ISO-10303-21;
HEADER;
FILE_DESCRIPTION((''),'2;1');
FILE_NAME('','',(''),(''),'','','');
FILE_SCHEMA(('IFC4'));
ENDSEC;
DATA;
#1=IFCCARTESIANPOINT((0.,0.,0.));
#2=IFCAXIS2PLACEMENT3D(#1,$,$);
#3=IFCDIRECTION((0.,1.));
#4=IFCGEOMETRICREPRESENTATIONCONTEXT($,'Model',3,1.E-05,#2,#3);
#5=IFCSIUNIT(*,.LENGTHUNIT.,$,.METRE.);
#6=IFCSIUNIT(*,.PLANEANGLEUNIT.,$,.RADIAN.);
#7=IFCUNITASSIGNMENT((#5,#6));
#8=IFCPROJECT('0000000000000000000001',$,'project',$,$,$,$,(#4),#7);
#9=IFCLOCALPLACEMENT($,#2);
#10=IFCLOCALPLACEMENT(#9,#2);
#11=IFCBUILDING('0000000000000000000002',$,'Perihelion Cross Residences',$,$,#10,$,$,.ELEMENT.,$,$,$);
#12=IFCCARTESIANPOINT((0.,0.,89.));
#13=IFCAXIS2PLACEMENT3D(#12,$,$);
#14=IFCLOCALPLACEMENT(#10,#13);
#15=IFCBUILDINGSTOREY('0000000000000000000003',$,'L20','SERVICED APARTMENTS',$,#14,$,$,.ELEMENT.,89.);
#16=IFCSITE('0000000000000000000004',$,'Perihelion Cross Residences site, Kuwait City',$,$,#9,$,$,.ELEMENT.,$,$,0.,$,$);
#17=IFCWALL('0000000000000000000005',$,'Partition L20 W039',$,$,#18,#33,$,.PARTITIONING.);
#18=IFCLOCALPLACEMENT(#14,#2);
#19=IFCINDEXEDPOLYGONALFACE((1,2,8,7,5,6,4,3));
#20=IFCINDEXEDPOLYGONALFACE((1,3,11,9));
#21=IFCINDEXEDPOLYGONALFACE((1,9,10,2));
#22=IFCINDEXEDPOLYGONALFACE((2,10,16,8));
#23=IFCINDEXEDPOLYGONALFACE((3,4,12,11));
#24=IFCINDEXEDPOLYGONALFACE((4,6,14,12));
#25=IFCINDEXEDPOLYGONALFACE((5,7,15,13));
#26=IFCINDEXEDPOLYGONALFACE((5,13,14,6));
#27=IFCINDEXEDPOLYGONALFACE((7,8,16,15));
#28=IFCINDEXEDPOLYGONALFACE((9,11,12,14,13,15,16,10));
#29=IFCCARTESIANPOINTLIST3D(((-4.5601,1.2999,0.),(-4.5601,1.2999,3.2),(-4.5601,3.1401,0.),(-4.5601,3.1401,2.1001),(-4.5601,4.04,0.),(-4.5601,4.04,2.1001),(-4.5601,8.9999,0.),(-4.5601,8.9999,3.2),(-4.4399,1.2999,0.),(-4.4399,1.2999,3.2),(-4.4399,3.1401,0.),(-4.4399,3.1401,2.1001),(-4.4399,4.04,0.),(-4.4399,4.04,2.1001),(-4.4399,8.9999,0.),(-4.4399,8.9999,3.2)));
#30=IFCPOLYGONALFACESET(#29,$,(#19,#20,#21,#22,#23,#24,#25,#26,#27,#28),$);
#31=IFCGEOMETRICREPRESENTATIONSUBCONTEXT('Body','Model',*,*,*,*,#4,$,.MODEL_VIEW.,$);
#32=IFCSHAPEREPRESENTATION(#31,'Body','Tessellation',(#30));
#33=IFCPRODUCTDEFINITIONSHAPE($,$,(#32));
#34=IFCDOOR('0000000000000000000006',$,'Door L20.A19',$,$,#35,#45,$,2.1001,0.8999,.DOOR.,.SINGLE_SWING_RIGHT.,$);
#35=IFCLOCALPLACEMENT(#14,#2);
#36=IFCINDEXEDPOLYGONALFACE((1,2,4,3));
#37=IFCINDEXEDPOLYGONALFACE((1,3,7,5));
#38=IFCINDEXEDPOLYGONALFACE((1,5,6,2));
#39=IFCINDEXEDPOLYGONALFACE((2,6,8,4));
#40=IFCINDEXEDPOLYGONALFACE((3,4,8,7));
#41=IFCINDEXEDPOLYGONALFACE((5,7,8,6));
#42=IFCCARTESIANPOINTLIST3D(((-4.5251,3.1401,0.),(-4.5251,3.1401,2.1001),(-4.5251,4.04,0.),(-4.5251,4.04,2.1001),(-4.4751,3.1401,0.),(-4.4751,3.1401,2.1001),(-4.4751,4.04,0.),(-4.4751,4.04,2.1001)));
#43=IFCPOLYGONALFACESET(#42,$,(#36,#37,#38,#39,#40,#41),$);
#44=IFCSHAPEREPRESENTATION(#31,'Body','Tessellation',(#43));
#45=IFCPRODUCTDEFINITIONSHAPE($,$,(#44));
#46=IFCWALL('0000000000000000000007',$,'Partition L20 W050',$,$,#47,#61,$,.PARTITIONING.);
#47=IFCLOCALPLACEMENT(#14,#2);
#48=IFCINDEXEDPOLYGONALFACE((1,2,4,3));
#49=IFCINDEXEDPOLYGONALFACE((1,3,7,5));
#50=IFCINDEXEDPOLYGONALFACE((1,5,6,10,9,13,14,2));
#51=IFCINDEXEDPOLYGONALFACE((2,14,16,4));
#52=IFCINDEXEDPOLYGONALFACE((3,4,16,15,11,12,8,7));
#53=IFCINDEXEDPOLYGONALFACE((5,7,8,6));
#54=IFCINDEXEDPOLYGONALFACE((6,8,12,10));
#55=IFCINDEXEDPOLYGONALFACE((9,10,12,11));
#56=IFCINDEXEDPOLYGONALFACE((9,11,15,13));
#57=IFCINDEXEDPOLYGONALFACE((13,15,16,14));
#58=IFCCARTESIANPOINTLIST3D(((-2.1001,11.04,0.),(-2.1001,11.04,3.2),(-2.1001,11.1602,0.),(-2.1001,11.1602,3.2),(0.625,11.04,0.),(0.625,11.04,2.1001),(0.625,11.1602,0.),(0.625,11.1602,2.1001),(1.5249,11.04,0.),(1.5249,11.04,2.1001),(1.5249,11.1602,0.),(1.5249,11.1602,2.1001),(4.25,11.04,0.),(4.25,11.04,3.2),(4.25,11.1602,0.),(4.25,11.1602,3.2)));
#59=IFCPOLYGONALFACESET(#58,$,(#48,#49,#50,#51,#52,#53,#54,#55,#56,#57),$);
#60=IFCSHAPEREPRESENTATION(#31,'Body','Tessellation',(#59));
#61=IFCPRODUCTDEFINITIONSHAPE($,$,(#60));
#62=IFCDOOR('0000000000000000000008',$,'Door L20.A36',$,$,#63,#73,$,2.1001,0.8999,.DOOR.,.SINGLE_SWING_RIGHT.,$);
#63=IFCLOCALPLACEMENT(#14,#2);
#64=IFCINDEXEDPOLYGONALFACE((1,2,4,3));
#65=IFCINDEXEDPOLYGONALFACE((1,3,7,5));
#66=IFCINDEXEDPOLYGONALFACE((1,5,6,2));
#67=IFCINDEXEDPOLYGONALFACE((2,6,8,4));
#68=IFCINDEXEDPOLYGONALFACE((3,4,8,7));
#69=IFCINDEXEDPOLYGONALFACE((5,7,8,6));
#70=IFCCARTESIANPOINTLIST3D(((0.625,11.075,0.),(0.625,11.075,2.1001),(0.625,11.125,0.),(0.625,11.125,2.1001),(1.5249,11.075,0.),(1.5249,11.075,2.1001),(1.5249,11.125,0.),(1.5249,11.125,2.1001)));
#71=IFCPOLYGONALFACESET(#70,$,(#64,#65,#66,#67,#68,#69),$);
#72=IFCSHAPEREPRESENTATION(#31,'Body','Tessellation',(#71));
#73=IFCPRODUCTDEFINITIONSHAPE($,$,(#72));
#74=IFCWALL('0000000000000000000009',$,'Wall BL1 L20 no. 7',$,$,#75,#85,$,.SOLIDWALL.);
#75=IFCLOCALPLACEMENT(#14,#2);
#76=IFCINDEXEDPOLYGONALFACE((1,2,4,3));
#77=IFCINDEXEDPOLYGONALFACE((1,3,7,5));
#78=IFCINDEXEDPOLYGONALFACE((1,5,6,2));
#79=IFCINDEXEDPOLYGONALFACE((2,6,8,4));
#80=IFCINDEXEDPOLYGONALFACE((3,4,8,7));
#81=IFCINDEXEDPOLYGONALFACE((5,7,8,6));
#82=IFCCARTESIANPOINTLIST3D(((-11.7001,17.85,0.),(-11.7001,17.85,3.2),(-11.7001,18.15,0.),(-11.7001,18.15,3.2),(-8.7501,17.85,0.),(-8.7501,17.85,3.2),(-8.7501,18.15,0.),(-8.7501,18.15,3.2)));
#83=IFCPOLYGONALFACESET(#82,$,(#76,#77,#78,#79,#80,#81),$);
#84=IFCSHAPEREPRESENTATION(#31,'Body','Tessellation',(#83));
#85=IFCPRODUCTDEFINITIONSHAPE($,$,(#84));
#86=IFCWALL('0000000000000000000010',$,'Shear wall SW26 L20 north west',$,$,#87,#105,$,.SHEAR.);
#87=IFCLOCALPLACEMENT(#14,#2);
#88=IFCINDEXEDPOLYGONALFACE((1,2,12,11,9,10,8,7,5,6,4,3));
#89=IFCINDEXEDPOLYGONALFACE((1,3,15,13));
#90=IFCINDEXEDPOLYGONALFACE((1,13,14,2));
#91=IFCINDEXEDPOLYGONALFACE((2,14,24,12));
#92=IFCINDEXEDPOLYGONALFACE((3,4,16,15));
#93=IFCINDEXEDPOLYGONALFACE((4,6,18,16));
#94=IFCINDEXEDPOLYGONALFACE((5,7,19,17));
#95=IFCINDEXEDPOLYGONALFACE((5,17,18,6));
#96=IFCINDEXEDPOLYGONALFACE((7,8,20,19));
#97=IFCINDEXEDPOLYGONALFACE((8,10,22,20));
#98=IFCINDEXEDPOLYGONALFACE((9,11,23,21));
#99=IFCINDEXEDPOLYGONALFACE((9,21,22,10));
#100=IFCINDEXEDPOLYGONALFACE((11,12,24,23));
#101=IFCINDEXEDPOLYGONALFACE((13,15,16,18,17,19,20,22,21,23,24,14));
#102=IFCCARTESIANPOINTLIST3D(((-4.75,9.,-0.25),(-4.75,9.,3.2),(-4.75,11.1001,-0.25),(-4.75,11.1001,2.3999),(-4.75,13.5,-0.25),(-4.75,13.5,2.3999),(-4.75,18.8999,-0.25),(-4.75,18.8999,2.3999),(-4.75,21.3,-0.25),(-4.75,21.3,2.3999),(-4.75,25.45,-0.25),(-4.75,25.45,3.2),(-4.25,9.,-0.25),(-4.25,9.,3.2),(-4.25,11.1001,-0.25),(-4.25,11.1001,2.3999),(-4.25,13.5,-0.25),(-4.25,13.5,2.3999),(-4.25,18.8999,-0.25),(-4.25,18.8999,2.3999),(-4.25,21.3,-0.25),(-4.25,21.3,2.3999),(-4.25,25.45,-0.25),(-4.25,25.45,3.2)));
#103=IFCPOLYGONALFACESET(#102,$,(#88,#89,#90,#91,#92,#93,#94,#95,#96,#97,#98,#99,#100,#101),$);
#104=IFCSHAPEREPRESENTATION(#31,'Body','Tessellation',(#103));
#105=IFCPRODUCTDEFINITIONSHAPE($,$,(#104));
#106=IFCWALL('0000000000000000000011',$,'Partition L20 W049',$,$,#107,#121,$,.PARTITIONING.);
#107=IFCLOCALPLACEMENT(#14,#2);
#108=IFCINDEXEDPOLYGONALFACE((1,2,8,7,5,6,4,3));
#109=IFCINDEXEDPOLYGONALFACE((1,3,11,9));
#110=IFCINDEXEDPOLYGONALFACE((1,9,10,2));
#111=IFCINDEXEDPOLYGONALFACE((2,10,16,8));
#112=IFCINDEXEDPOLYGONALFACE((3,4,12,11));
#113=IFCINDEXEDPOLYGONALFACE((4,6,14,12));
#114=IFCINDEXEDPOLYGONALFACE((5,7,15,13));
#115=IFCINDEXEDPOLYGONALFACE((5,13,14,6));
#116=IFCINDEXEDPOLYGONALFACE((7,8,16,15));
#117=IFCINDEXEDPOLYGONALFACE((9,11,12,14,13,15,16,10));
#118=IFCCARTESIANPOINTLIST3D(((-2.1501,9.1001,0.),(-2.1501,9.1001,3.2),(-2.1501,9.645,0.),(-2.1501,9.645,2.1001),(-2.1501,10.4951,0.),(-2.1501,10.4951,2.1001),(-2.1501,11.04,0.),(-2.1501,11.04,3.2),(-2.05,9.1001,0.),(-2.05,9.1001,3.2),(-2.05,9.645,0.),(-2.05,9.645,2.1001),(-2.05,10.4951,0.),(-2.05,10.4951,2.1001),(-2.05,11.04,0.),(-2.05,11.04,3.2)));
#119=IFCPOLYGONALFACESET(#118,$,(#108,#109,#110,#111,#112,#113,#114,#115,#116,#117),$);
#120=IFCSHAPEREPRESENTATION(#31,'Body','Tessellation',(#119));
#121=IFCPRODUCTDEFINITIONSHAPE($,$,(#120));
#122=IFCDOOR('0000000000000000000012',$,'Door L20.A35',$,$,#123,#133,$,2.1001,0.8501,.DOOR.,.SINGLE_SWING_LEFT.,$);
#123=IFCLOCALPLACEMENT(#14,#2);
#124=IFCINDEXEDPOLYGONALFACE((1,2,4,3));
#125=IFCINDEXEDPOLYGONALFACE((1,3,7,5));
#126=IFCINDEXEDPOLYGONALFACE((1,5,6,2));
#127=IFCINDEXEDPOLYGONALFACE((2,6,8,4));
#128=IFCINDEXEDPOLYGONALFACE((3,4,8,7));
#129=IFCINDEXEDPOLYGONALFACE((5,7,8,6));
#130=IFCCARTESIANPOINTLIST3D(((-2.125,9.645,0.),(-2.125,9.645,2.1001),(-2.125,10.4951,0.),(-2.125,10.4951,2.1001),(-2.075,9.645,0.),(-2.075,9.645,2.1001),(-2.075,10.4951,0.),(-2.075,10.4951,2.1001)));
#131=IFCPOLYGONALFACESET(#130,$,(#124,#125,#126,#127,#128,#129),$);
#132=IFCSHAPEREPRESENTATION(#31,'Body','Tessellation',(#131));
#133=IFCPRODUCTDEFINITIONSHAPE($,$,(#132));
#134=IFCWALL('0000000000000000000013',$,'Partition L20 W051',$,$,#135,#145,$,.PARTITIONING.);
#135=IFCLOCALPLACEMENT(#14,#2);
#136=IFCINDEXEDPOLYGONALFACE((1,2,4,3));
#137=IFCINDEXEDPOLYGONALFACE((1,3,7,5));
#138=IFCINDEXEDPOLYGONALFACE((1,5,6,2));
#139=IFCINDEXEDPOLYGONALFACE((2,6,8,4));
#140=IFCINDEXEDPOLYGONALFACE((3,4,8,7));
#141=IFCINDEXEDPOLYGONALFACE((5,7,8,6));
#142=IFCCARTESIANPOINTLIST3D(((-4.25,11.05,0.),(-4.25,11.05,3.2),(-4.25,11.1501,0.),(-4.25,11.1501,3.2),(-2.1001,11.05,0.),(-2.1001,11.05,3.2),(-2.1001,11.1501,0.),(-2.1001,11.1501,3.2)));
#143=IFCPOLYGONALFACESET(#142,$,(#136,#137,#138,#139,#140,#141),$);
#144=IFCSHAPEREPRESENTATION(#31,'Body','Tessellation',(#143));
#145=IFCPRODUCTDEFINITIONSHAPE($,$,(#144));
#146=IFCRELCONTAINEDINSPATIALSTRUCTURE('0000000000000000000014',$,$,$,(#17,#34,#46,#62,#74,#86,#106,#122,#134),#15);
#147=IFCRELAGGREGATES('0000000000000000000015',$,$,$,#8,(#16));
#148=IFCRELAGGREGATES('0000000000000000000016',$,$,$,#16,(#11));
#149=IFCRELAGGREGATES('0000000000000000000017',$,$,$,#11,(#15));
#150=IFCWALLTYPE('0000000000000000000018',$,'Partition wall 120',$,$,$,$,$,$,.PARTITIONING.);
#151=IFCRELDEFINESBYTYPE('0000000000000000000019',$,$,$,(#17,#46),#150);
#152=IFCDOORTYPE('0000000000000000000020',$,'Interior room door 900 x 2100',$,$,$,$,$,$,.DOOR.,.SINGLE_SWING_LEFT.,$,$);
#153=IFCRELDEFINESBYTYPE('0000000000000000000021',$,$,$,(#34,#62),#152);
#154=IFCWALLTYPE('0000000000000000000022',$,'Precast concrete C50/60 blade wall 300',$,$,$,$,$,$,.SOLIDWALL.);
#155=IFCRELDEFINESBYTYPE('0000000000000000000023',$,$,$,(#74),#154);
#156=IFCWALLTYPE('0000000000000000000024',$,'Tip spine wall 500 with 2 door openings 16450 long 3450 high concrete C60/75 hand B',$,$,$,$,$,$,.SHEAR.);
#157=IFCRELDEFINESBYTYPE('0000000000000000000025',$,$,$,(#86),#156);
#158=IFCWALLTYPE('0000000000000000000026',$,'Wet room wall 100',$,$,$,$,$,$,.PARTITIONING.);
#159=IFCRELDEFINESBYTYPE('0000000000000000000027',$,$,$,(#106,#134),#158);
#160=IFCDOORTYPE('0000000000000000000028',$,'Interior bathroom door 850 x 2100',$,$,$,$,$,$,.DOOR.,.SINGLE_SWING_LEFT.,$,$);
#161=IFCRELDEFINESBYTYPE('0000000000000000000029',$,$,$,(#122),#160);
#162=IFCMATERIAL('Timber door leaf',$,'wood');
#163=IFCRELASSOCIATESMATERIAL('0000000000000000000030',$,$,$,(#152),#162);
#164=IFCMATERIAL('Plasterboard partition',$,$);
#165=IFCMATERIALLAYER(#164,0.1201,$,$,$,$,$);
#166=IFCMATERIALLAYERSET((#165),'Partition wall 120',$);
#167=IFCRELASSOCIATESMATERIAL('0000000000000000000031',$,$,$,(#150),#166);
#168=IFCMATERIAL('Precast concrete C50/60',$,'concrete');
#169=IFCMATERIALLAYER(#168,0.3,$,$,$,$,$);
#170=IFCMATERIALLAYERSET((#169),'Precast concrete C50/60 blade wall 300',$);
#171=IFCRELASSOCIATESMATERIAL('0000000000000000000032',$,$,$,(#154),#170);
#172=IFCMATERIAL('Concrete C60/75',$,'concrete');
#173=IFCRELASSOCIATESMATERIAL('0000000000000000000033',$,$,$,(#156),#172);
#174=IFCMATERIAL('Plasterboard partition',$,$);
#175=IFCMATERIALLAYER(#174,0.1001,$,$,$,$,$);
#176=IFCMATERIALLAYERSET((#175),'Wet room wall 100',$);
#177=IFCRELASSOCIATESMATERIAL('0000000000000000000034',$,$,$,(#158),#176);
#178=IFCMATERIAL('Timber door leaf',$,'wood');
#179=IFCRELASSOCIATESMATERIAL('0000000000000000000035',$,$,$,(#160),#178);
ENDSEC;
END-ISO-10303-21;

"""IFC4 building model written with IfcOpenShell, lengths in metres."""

from ifc_helpers import new_model, si_unit, direction, frame, frame_2d, origin, place, context, subcontext, project, spatial, polyline, rectangle, outline, extrude, material, layer, layer_set, material_profile, profile_set, type_object, element, fill, save


model = new_model("IFC4")

# Units and contexts
model_context = context("Model", 3, precision=1e-05, world=origin(), true_north=direction((0.0, 1.0)))
body_context = subcontext(model_context, "Body", "Model", "MODEL_VIEW")
ifc_project = project(units=[si_unit("LENGTHUNIT", "METRE"), si_unit("PLANEANGLEUNIT", "RADIAN")], contexts=[model_context])

# Site, building, storey
site_placement = place(None, origin())
site = spatial("IfcSite", under=ifc_project, at=site_placement, Name="Perihelion Cross Residences site, Kuwait City", CompositionType="ELEMENT", RefElevation=0.0)
building_placement = place(site_placement, origin())
building = spatial("IfcBuilding", under=site, at=building_placement, Name="Perihelion Cross Residences", CompositionType="ELEMENT")
storey_placement = place(building_placement, frame((0.0, 0.0, 89.0)))
storey = spatial("IfcBuildingStorey", under=building, at=storey_placement, Name="L20", Description="SERVICED APARTMENTS", CompositionType="ELEMENT", Elevation=89.0)

# Walls, openings, doors
ifc_material_1 = material(Name="Timber door leaf", Category="wood")
door_type_1 = type_object("IfcDoorType", Name="Interior room door 900 x 2100", OperationType="SINGLE_SWING_LEFT", PredefinedType="DOOR", material=ifc_material_1)
ifc_material_2 = material(Name="Plasterboard partition")
ifc_layer_1 = layer(ifc_material_2, 0.1201)
ifc_layer_set_1 = layer_set([ifc_layer_1], Name="Partition wall 120")
wall_type_1 = type_object("IfcWallType", Name="Partition wall 120", PredefinedType="PARTITIONING", material=ifc_layer_set_1)
wall_1_placement = place(storey_placement, frame((-4.5, 9.0, 0.0), z_axis=(0.0, 0.0, 1.0), x_axis=(0.0, -1.0, 0.0)))
wall_1 = element("IfcWall", 1, at=wall_1_placement, inside=storey, type_object=wall_type_1, Name="Partition L20 W039", PredefinedType="PARTITIONING", context=body_context, shape_type="SweptSolid", body=[
    extrude(rectangle(XDim=7.7, YDim=0.1201, at=frame_2d((3.8501, 0.0))), origin(), (0.0, 0.0, 1.0), 3.2),
])
opening_1_placement = place(wall_1_placement, frame((4.96, 0.0, 0.0)))
opening_1 = element("IfcOpeningElement", 2, at=opening_1_placement, cuts=wall_1, PredefinedType="OPENING", context=body_context, shape_type="SweptSolid", body=[
    extrude(rectangle(XDim=0.8999, YDim=2.1001, at=frame_2d((0.45, 1.05))), frame((0.0, 0.0701, 0.0), z_axis=(0.0, -1.0, 0.0), x_axis=(1.0, 0.0, 0.0)), (0.0, 0.0, 1.0), 0.1401),
])
door_1_placement = place(opening_1_placement, origin())
door_1 = element("IfcDoor", 3, at=door_1_placement, inside=storey, type_object=door_type_1, Name="Door L20.A19", OperationType="SINGLE_SWING_RIGHT", OverallHeight=2.1001, OverallWidth=0.8999, PredefinedType="DOOR", context=body_context, shape_type="SweptSolid", body=[
    extrude(rectangle(XDim=0.8999, YDim=2.1001, at=frame_2d((0.45, 1.05))), frame((0.0, 0.0249, 0.0), z_axis=(0.0, -1.0, 0.0), x_axis=(1.0, 0.0, 0.0)), (0.0, 0.0, 1.0), 0.05),
])
fill(opening_1, door_1)
wall_2_placement = place(storey_placement, frame((-2.1001, 11.1001, 0.0), z_axis=(0.0, 0.0, 1.0), x_axis=(1.0, 0.0, 0.0)))
wall_2 = element("IfcWall", 4, at=wall_2_placement, inside=storey, type_object=wall_type_1, Name="Partition L20 W050", PredefinedType="PARTITIONING", context=body_context, shape_type="SweptSolid", body=[
    extrude(rectangle(XDim=6.3501, YDim=0.1201, at=frame_2d((3.175, 0.0))), origin(), (0.0, 0.0, 1.0), 3.2),
])
opening_2_placement = place(wall_2_placement, frame((2.7251, 0.0, 0.0)))
opening_2 = element("IfcOpeningElement", 5, at=opening_2_placement, cuts=wall_2, PredefinedType="OPENING", context=body_context, shape_type="SweptSolid", body=[
    extrude(rectangle(XDim=0.8999, YDim=2.1001, at=frame_2d((0.45, 1.05))), frame((0.0, 0.0701, 0.0), z_axis=(0.0, -1.0, 0.0), x_axis=(1.0, 0.0, 0.0)), (0.0, 0.0, 1.0), 0.1401),
])
door_2_placement = place(opening_2_placement, origin())
door_2 = element("IfcDoor", 6, at=door_2_placement, inside=storey, type_object=door_type_1, Name="Door L20.A36", OperationType="SINGLE_SWING_RIGHT", OverallHeight=2.1001, OverallWidth=0.8999, PredefinedType="DOOR", context=body_context, shape_type="SweptSolid", body=[
    extrude(rectangle(XDim=0.8999, YDim=2.1001, at=frame_2d((0.45, 1.05))), frame((0.0, 0.0249, 0.0), z_axis=(0.0, -1.0, 0.0), x_axis=(1.0, 0.0, 0.0)), (0.0, 0.0, 1.0), 0.05),
])
fill(opening_2, door_2)

# Walls
ifc_material_3 = material(Name="Precast concrete C50/60", Category="concrete")
ifc_layer_2 = layer(ifc_material_3, 0.3)
ifc_layer_set_2 = layer_set([ifc_layer_2], Name="Precast concrete C50/60 blade wall 300")
wall_type_2 = type_object("IfcWallType", Name="Precast concrete C50/60 blade wall 300", PredefinedType="SOLIDWALL", material=ifc_layer_set_2)
wall_3_placement = place(storey_placement, frame((-8.75, 18.0, 0.0), z_axis=(0.0, 0.0, 1.0), x_axis=(-1.0, 0.0, 0.0)))
element("IfcWall", 7, at=wall_3_placement, inside=storey, type_object=wall_type_2, Name="Wall BL1 L20 no. 7", PredefinedType="SOLIDWALL", context=body_context, shape_type="SweptSolid", body=[
    extrude(rectangle(XDim=2.95, YDim=0.3, at=frame_2d((1.4751, 0.0))), origin(), (0.0, 0.0, 1.0), 3.2),
])
ifc_material_4 = material(Name="Concrete C60/75", Category="concrete")
ifc_material_profile_1 = material_profile(ifc_material_4, outline(polyline([(0.0, 0.0), (2.1001, 0.0), (2.1001, 2.6499), (4.5, 2.6499), (4.5, 0.0), (9.8999, 0.0), (9.8999, 2.6499), (12.3, 2.6499), (12.3, 0.0), (16.45, 0.0), (16.45, 3.45), (0.0, 3.45), (0.0, 0.0)])), Name="Tip spine wall")
ifc_profile_set_1 = profile_set([ifc_material_profile_1], Name="Concrete C60/75")
wall_type_3 = type_object("IfcWallType", Name="Tip spine wall 500 with 2 door openings 16450 long 3450 high concrete C60/75 hand B", PredefinedType="SHEAR", material=ifc_profile_set_1)
wall_4_placement = place(storey_placement, frame((-4.75, 9.0, -0.25), z_axis=(1.0, 0.0, 0.0), x_axis=(0.0, 1.0, 0.0)))
element("IfcWall", 8, at=wall_4_placement, inside=storey, type_object=wall_type_3, Name="Shear wall SW26 L20 north west", PredefinedType="SHEAR", context=body_context, shape_type="SweptSolid", body=[
    extrude(outline(polyline([(0.0, 0.0), (2.1001, 0.0), (2.1001, 2.6499), (4.5, 2.6499), (4.5, 0.0), (9.8999, 0.0), (9.8999, 2.6499), (12.3, 2.6499), (12.3, 0.0), (16.45, 0.0), (16.45, 3.45), (0.0, 3.45), (0.0, 0.0)])), origin(), (0.0, 0.0, 1.0), 0.5),
])

# Wall, opening, door
ifc_material_5 = material(Name="Plasterboard partition")
ifc_layer_3 = layer(ifc_material_5, 0.1001)
ifc_layer_set_3 = layer_set([ifc_layer_3], Name="Wet room wall 100")
wall_type_4 = type_object("IfcWallType", Name="Wet room wall 100", PredefinedType="PARTITIONING", material=ifc_layer_set_3)
wall_5_placement = place(storey_placement, frame((-2.1001, 9.1001, 0.0), z_axis=(0.0, 0.0, 1.0), x_axis=(0.0, 1.0, 0.0)))
wall_5 = element("IfcWall", 9, at=wall_5_placement, inside=storey, type_object=wall_type_4, Name="Partition L20 W049", PredefinedType="PARTITIONING", context=body_context, shape_type="SweptSolid", body=[
    extrude(rectangle(XDim=1.9399, YDim=0.1001, at=frame_2d((0.97, 0.0))), origin(), (0.0, 0.0, 1.0), 3.2),
])
opening_3_placement = place(wall_5_placement, frame((0.5449, 0.0, 0.0)))
opening_3 = element("IfcOpeningElement", 10, at=opening_3_placement, cuts=wall_5, PredefinedType="OPENING", context=body_context, shape_type="SweptSolid", body=[
    extrude(rectangle(XDim=0.8501, YDim=2.1001, at=frame_2d((0.425, 1.05))), frame((0.0, 0.0601, 0.0), z_axis=(0.0, -1.0, 0.0), x_axis=(1.0, 0.0, 0.0)), (0.0, 0.0, 1.0), 0.1201),
])
ifc_material_6 = material(Name="Timber door leaf", Category="wood")
door_type_2 = type_object("IfcDoorType", Name="Interior bathroom door 850 x 2100", OperationType="SINGLE_SWING_LEFT", PredefinedType="DOOR", material=ifc_material_6)
door_3_placement = place(opening_3_placement, origin())
door_3 = element("IfcDoor", 11, at=door_3_placement, inside=storey, type_object=door_type_2, Name="Door L20.A35", OperationType="SINGLE_SWING_LEFT", OverallHeight=2.1001, OverallWidth=0.8501, PredefinedType="DOOR", context=body_context, shape_type="SweptSolid", body=[
    extrude(rectangle(XDim=0.8501, YDim=2.1001, at=frame_2d((0.425, 1.05))), frame((0.0, 0.0249, 0.0), z_axis=(0.0, -1.0, 0.0), x_axis=(1.0, 0.0, 0.0)), (0.0, 0.0, 1.0), 0.05),
])
fill(opening_3, door_3)

# Wall
wall_6_placement = place(storey_placement, frame((-4.25, 11.1001, 0.0), z_axis=(0.0, 0.0, 1.0), x_axis=(1.0, 0.0, 0.0)))
element("IfcWall", 12, at=wall_6_placement, inside=storey, type_object=wall_type_4, Name="Partition L20 W051", PredefinedType="PARTITIONING", context=body_context, shape_type="SweptSolid", body=[
    extrude(rectangle(XDim=2.1499, YDim=0.1001, at=frame_2d((1.075, 0.0))), origin(), (0.0, 0.0, 1.0), 3.2),
])

save(model, "model.ifc")
